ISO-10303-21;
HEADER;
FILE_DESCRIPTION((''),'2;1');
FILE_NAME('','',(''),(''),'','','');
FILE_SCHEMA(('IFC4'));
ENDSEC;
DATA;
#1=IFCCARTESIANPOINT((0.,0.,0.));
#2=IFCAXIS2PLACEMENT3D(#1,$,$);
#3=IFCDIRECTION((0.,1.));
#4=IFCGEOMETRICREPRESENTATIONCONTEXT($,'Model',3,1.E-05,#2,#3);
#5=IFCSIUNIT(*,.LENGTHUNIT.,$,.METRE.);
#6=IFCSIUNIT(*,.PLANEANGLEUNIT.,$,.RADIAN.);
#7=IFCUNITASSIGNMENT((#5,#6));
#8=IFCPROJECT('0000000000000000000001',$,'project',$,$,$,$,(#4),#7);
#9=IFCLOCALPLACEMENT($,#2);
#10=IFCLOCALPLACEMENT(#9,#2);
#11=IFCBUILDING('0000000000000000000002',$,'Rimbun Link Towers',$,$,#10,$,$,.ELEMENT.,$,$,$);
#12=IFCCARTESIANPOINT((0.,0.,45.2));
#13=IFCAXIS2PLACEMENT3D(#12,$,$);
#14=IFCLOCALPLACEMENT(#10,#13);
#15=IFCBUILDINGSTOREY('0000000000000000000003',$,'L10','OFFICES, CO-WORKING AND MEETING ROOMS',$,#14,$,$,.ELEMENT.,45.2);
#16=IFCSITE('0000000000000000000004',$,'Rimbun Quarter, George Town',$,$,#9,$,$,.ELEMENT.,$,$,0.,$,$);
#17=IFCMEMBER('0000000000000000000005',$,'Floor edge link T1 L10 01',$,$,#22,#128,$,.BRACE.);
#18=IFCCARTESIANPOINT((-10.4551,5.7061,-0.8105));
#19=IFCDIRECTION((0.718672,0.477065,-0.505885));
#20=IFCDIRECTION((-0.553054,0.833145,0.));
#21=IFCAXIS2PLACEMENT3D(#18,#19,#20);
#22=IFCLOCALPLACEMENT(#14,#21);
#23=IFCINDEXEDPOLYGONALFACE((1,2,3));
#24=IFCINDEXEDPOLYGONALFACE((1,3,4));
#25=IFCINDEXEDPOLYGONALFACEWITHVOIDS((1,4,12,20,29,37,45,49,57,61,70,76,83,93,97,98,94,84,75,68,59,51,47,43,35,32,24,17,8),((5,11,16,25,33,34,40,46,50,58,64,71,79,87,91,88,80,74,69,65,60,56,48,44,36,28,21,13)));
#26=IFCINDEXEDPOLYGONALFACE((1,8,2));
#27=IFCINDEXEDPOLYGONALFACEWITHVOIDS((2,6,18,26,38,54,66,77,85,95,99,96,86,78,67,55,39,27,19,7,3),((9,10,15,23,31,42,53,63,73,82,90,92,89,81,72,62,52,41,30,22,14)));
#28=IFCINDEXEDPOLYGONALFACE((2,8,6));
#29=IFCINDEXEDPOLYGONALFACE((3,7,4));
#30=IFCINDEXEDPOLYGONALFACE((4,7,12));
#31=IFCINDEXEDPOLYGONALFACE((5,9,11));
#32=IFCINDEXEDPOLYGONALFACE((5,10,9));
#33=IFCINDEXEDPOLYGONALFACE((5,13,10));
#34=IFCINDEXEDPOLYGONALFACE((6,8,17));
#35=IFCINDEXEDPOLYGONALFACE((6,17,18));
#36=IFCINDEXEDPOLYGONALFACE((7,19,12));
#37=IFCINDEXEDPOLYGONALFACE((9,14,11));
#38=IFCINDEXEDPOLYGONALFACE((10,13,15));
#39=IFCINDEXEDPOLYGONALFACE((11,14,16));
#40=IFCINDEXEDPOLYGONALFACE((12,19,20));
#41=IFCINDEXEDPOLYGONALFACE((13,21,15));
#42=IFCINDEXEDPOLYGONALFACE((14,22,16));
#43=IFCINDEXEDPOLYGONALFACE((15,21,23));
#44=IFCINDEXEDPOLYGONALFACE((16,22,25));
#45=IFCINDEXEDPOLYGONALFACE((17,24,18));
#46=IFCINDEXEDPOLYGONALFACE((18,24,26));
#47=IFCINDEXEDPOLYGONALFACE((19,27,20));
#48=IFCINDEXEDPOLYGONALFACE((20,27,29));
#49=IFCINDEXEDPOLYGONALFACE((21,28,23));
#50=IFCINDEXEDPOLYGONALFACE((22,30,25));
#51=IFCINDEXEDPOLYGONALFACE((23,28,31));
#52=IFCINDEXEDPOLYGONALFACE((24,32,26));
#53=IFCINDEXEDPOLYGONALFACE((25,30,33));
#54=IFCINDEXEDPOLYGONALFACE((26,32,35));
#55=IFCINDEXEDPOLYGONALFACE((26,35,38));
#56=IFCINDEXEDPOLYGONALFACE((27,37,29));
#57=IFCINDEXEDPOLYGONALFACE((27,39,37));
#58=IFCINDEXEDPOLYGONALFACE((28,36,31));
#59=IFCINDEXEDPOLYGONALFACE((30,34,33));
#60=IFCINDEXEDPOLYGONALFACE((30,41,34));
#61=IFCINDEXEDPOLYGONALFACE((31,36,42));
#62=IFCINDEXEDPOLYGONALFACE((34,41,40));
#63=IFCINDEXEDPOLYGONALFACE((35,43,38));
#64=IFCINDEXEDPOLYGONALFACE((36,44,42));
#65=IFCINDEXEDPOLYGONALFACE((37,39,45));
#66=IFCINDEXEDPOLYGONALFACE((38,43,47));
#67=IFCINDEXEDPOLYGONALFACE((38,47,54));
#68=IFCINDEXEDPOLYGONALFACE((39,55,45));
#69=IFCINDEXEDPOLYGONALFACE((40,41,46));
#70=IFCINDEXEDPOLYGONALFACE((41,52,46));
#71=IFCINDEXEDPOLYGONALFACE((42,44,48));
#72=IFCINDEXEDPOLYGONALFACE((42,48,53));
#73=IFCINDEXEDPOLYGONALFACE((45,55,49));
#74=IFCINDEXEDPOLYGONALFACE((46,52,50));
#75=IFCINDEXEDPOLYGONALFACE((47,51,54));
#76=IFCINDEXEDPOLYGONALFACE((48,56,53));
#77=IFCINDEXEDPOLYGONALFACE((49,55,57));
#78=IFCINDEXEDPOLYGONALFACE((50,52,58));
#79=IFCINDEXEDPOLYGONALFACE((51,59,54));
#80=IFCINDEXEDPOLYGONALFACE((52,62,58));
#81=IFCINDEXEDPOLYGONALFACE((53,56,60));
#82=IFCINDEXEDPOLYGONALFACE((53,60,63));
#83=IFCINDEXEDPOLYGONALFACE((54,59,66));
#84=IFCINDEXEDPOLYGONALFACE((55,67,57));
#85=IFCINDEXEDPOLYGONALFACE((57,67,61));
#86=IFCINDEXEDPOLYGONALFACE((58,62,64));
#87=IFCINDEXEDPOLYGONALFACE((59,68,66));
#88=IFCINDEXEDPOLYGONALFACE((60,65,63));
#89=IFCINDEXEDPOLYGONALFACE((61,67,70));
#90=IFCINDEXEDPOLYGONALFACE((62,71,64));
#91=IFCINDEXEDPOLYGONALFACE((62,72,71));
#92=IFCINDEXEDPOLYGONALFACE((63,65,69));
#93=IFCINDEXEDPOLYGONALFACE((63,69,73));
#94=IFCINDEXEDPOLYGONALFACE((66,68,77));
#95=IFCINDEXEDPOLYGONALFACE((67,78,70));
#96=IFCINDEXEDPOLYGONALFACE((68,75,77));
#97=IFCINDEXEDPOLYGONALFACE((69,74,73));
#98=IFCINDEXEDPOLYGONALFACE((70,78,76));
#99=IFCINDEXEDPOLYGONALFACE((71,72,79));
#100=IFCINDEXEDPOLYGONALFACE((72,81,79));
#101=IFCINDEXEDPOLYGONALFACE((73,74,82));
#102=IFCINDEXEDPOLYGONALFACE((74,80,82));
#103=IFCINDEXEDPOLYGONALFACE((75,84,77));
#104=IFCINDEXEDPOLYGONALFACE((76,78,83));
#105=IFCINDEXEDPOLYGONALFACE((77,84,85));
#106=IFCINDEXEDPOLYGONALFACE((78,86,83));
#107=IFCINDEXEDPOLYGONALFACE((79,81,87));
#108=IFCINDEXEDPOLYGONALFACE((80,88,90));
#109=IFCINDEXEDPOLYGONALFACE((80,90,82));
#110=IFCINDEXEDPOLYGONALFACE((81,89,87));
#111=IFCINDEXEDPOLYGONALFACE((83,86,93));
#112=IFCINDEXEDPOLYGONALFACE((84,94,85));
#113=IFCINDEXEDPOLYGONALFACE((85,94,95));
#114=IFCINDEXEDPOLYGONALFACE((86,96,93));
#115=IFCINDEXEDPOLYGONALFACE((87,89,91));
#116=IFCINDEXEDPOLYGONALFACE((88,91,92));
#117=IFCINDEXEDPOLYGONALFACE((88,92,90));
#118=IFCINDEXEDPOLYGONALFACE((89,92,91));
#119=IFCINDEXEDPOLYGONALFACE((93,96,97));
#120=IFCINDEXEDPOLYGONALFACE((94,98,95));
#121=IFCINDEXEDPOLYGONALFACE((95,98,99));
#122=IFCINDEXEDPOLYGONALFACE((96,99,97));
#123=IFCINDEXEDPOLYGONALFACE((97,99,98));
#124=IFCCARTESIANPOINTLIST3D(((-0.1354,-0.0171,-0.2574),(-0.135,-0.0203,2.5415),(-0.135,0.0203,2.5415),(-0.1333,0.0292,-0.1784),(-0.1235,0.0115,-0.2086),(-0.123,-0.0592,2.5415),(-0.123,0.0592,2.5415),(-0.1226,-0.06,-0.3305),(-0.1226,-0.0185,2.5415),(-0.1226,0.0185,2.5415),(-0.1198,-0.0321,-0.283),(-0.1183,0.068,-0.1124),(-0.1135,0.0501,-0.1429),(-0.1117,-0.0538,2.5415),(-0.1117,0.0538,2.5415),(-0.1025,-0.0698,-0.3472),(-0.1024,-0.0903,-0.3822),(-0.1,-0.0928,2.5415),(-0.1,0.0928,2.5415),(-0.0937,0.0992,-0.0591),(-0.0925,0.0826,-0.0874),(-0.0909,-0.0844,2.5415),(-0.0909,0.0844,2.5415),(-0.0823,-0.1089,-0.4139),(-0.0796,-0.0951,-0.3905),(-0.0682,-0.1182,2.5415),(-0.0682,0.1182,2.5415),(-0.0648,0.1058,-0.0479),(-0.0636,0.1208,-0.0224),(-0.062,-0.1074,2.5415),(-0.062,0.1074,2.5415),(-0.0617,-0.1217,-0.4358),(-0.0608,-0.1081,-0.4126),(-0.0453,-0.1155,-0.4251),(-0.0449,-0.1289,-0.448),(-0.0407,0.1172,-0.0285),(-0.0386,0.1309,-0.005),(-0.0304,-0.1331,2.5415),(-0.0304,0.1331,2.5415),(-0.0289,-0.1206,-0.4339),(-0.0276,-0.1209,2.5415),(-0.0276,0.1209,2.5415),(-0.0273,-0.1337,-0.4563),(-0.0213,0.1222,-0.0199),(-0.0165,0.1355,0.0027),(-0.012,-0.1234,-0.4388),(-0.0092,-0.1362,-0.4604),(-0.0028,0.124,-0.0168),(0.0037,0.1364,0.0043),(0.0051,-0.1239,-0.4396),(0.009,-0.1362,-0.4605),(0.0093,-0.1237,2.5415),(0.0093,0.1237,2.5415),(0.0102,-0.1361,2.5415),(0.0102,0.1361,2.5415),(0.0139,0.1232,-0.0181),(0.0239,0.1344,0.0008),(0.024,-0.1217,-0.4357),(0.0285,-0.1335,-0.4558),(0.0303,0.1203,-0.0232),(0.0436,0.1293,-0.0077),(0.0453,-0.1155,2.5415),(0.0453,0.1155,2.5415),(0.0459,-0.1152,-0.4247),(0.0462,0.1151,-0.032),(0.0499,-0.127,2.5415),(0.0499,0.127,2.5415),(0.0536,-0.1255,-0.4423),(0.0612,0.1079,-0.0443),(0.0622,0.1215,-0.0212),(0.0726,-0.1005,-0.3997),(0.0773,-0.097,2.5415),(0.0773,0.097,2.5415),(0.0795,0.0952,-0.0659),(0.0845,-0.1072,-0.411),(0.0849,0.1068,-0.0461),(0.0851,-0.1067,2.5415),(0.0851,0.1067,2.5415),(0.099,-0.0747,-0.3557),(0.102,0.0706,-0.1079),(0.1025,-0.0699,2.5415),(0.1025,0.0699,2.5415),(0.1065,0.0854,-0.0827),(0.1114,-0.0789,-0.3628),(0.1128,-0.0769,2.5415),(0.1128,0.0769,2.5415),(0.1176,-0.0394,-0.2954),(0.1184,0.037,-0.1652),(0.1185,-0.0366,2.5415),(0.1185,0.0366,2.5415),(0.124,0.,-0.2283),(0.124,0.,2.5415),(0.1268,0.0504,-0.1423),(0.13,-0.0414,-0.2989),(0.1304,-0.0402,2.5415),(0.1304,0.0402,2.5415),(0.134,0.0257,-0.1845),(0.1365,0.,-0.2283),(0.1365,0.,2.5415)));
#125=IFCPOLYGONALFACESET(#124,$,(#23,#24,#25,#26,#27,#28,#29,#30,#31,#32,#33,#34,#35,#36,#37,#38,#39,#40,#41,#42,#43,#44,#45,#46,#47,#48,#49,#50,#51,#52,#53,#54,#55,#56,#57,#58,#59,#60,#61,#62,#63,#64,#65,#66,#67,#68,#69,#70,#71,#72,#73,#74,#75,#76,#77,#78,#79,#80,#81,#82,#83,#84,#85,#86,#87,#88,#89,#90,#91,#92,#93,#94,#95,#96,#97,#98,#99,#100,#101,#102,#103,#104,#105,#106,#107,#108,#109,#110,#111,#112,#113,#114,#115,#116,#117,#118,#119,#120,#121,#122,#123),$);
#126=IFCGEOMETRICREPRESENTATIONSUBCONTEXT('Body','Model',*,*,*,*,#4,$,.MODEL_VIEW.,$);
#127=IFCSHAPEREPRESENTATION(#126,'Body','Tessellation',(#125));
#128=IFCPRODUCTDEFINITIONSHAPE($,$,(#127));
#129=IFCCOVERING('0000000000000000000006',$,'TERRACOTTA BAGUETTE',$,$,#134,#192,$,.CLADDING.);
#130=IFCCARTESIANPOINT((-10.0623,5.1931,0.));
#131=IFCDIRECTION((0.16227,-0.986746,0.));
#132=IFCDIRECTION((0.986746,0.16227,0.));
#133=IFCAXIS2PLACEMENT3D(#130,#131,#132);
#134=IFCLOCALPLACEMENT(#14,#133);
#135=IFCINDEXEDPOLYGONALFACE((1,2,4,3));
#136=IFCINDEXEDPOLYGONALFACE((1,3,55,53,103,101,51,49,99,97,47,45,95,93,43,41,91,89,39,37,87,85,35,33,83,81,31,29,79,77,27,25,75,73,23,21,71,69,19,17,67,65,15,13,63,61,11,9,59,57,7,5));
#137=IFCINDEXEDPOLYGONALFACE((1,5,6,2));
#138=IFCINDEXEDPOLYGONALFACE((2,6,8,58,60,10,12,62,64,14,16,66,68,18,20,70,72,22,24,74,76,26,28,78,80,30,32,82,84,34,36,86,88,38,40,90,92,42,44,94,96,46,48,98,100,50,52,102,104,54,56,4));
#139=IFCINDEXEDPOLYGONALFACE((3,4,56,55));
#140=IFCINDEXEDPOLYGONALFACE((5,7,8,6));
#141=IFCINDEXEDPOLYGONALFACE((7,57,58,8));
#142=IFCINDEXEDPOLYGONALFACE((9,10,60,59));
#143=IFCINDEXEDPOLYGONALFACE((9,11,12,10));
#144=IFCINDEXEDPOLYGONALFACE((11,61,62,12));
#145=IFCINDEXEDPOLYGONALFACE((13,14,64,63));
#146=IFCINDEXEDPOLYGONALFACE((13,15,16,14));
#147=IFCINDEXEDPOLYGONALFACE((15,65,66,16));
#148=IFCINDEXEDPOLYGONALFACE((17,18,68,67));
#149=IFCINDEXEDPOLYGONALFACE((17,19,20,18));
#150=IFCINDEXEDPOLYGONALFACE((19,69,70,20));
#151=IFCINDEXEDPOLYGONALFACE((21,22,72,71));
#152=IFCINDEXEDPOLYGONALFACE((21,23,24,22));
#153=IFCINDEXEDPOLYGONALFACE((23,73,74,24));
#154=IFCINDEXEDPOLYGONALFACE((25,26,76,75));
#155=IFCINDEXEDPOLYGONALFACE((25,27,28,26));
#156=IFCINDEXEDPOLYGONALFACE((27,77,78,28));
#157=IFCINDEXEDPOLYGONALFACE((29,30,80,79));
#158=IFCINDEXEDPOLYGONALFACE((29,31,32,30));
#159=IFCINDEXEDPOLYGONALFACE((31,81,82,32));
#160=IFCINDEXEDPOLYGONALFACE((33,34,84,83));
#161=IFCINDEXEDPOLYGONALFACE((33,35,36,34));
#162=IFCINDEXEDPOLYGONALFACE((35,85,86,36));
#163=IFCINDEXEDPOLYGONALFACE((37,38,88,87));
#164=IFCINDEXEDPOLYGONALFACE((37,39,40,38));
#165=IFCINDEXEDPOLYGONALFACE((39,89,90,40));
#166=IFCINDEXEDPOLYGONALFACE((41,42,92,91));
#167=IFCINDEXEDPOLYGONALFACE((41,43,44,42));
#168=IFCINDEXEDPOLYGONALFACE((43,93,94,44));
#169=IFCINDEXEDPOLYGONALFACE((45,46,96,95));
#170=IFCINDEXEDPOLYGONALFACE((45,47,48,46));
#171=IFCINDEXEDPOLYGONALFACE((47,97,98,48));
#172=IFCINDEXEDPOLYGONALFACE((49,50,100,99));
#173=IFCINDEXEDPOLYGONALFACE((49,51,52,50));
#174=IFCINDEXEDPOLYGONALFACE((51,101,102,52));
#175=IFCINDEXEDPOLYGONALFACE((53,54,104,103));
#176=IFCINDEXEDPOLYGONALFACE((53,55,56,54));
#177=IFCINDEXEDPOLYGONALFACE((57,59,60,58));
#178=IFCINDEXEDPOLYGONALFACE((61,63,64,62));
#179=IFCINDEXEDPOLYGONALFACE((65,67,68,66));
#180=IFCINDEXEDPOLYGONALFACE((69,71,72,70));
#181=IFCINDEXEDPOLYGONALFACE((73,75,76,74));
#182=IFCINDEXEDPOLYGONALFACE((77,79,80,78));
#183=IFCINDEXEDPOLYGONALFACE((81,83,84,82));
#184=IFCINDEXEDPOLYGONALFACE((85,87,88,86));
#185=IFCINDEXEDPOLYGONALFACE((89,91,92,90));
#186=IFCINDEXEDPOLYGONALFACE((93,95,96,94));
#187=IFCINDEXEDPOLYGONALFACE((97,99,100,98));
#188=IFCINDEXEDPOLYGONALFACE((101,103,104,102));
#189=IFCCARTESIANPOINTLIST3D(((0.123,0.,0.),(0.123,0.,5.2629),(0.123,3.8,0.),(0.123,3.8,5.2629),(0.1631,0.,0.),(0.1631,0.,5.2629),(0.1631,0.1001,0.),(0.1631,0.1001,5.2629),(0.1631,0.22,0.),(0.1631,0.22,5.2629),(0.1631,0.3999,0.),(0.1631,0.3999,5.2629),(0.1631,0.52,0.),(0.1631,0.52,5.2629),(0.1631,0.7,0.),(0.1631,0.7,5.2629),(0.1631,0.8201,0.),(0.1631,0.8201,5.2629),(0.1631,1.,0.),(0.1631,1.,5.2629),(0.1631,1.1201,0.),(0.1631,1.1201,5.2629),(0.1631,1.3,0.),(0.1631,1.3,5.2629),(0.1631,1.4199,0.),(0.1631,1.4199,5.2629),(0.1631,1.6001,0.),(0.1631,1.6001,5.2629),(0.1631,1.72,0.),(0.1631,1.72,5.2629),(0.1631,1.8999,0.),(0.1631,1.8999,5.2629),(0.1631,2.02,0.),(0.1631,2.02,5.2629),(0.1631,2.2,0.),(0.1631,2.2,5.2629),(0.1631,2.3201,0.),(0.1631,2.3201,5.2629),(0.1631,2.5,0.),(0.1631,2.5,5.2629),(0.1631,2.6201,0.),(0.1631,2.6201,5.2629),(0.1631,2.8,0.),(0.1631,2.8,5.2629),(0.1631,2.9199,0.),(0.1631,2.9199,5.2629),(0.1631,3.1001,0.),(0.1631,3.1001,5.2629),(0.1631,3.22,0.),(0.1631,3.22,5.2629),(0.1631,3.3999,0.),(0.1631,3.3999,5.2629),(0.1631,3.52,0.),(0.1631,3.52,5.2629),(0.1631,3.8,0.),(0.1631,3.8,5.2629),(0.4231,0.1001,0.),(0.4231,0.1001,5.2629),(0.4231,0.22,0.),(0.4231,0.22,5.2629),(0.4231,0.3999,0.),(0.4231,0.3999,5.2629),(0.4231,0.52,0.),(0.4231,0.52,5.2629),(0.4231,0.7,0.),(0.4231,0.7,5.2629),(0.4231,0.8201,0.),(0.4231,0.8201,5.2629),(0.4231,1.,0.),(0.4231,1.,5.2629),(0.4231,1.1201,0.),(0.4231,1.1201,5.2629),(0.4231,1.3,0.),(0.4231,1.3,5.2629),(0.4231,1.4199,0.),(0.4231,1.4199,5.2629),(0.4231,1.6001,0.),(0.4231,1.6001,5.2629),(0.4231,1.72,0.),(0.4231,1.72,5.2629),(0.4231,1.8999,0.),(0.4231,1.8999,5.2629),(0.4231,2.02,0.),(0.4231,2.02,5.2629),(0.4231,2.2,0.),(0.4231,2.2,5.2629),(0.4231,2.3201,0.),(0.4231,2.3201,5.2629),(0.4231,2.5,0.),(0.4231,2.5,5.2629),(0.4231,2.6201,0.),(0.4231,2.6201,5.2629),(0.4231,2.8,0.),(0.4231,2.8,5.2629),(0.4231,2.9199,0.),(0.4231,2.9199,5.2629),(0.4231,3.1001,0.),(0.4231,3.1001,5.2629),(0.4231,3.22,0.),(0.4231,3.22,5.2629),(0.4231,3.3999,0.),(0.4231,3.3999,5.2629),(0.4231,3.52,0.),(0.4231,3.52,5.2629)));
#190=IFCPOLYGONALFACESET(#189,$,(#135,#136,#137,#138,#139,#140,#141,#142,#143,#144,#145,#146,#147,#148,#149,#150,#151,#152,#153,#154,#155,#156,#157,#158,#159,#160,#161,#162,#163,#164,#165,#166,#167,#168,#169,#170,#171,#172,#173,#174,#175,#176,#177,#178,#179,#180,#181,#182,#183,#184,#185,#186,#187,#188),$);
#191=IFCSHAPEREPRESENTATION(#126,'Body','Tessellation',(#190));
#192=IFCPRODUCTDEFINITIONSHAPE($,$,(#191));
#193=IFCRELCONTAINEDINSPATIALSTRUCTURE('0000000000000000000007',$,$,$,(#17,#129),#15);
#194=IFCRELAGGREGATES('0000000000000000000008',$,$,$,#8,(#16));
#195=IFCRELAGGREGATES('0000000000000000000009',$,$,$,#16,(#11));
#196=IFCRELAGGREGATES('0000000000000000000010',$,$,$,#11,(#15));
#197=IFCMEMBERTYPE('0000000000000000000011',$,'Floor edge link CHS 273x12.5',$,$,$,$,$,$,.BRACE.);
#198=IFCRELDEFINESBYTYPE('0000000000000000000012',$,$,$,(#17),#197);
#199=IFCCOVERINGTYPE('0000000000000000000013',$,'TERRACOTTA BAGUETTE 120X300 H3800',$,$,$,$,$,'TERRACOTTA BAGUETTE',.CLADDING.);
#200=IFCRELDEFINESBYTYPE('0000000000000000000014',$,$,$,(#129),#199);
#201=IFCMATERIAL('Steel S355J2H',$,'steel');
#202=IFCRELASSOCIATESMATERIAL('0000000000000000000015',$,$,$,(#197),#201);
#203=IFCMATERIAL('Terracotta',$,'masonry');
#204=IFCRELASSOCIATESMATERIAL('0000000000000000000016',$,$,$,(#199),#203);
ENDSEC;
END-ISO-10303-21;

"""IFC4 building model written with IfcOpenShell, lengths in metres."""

from ifc_helpers import new_model, si_unit, direction, frame, origin, origin_2d, place, context, subcontext, project, spatial, polyline, hollow_circle, outline, extrude, clip, halfspace, material, material_profile, profile_set, type_object, element, save


model = new_model("IFC4")

# Units and contexts
model_context = context("Model", 3, precision=1e-05, world=origin(), true_north=direction((0.0, 1.0)))
body_context = subcontext(model_context, "Body", "Model", "MODEL_VIEW")
ifc_project = project(units=[si_unit("LENGTHUNIT", "METRE"), si_unit("PLANEANGLEUNIT", "RADIAN")], contexts=[model_context])

# Site, building, storey
site_placement = place(None, origin())
site = spatial("IfcSite", under=ifc_project, at=site_placement, Name="Rimbun Quarter, George Town", CompositionType="ELEMENT", RefElevation=0.0)
building_placement = place(site_placement, origin())
building = spatial("IfcBuilding", under=site, at=building_placement, Name="Rimbun Link Towers", CompositionType="ELEMENT")
storey_placement = place(building_placement, frame((0.0, 0.0, 45.2)))
storey = spatial("IfcBuildingStorey", under=building, at=storey_placement, Name="L10", Description="OFFICES, CO-WORKING AND MEETING ROOMS", CompositionType="ELEMENT", Elevation=45.2)

# Member
ifc_material_1 = material(Name="Steel S355J2H", Category="steel")
ifc_material_profile_1 = material_profile(ifc_material_1, hollow_circle(Radius=0.1365, WallThickness=0.0125, at=origin_2d()), Name="CHS 273x12.5")
ifc_profile_set_1 = profile_set([ifc_material_profile_1], Name="Steel S355J2H")
member_type_1 = type_object("IfcMemberType", Name="Floor edge link CHS 273x12.5", PredefinedType="BRACE", material=ifc_profile_set_1)
member_1_placement = place(storey_placement, frame((-10.4551, 5.7061, -0.8105), z_axis=(0.718672, 0.477065, -0.505885), x_axis=(-0.553054, 0.833145, 0.0)))
element("IfcMember", 1, at=member_1_placement, inside=storey, type_object=member_type_1, Name="Floor edge link T1 L10 01", PredefinedType="BRACE", context=body_context, shape_type="Clipping", body=[
    clip(extrude(hollow_circle(Radius=0.1365, WallThickness=0.0125, at=origin_2d()), frame((0.0, 0.0, -0.4851)), (0.0, 0.0, 1.0), 3.0266), halfspace(frame((0.0, 0.0, -0.2283), z_axis=(0.0, 0.862601, -0.505885)), False)),
])

# Covering
ifc_material_2 = material(Name="Terracotta", Category="masonry")
ifc_material_profile_2 = material_profile(ifc_material_2, outline(polyline([(0.123, 0.0), (0.1631, 0.0), (0.1631, 0.1001), (0.4231, 0.1001), (0.4231, 0.22), (0.1631, 0.22), (0.1631, 0.3999), (0.4231, 0.3999), (0.4231, 0.52), (0.1631, 0.52), (0.1631, 0.7), (0.4231, 0.7), (0.4231, 0.8201), (0.1631, 0.8201), (0.1631, 1.0), (0.4231, 1.0), (0.4231, 1.1201), (0.1631, 1.1201), (0.1631, 1.3), (0.4231, 1.3), (0.4231, 1.4199), (0.1631, 1.4199), (0.1631, 1.6001), (0.4231, 1.6001), (0.4231, 1.72), (0.1631, 1.72), (0.1631, 1.8999), (0.4231, 1.8999), (0.4231, 2.02), (0.1631, 2.02), (0.1631, 2.2), (0.4231, 2.2), (0.4231, 2.3201), (0.1631, 2.3201), (0.1631, 2.5), (0.4231, 2.5), (0.4231, 2.6201), (0.1631, 2.6201), (0.1631, 2.8), (0.4231, 2.8), (0.4231, 2.9199), (0.1631, 2.9199), (0.1631, 3.1001), (0.4231, 3.1001), (0.4231, 3.22), (0.1631, 3.22), (0.1631, 3.3999), (0.4231, 3.3999), (0.4231, 3.52), (0.1631, 3.52), (0.1631, 3.8), (0.123, 3.8), (0.123, 0.0)])), Name="BAGUETTE 120X300")
ifc_profile_set_2 = profile_set([ifc_material_profile_2], Name="Terracotta")
covering_type = type_object("IfcCoveringType", Name="TERRACOTTA BAGUETTE 120X300 H3800", ElementType="TERRACOTTA BAGUETTE", PredefinedType="CLADDING", material=ifc_profile_set_2)
covering_1_placement = place(storey_placement, frame((-10.0623, 5.1931, 0.0), z_axis=(0.16227, -0.986746, 0.0), x_axis=(0.986746, 0.16227, 0.0)))
element("IfcCovering", 2, at=covering_1_placement, inside=storey, type_object=covering_type, Name="TERRACOTTA BAGUETTE", PredefinedType="CLADDING", context=body_context, shape_type="SweptSolid", body=[
    extrude(outline(polyline([(0.123, 0.0), (0.1631, 0.0), (0.1631, 0.1001), (0.4231, 0.1001), (0.4231, 0.22), (0.1631, 0.22), (0.1631, 0.3999), (0.4231, 0.3999), (0.4231, 0.52), (0.1631, 0.52), (0.1631, 0.7), (0.4231, 0.7), (0.4231, 0.8201), (0.1631, 0.8201), (0.1631, 1.0), (0.4231, 1.0), (0.4231, 1.1201), (0.1631, 1.1201), (0.1631, 1.3), (0.4231, 1.3), (0.4231, 1.4199), (0.1631, 1.4199), (0.1631, 1.6001), (0.4231, 1.6001), (0.4231, 1.72), (0.1631, 1.72), (0.1631, 1.8999), (0.4231, 1.8999), (0.4231, 2.02), (0.1631, 2.02), (0.1631, 2.2), (0.4231, 2.2), (0.4231, 2.3201), (0.1631, 2.3201), (0.1631, 2.5), (0.4231, 2.5), (0.4231, 2.6201), (0.1631, 2.6201), (0.1631, 2.8), (0.4231, 2.8), (0.4231, 2.9199), (0.1631, 2.9199), (0.1631, 3.1001), (0.4231, 3.1001), (0.4231, 3.22), (0.1631, 3.22), (0.1631, 3.3999), (0.4231, 3.3999), (0.4231, 3.52), (0.1631, 3.52), (0.1631, 3.8), (0.123, 3.8), (0.123, 0.0)])), origin(), (0.0, 0.0, 1.0), 5.2629),
])

save(model, "model.ifc")
